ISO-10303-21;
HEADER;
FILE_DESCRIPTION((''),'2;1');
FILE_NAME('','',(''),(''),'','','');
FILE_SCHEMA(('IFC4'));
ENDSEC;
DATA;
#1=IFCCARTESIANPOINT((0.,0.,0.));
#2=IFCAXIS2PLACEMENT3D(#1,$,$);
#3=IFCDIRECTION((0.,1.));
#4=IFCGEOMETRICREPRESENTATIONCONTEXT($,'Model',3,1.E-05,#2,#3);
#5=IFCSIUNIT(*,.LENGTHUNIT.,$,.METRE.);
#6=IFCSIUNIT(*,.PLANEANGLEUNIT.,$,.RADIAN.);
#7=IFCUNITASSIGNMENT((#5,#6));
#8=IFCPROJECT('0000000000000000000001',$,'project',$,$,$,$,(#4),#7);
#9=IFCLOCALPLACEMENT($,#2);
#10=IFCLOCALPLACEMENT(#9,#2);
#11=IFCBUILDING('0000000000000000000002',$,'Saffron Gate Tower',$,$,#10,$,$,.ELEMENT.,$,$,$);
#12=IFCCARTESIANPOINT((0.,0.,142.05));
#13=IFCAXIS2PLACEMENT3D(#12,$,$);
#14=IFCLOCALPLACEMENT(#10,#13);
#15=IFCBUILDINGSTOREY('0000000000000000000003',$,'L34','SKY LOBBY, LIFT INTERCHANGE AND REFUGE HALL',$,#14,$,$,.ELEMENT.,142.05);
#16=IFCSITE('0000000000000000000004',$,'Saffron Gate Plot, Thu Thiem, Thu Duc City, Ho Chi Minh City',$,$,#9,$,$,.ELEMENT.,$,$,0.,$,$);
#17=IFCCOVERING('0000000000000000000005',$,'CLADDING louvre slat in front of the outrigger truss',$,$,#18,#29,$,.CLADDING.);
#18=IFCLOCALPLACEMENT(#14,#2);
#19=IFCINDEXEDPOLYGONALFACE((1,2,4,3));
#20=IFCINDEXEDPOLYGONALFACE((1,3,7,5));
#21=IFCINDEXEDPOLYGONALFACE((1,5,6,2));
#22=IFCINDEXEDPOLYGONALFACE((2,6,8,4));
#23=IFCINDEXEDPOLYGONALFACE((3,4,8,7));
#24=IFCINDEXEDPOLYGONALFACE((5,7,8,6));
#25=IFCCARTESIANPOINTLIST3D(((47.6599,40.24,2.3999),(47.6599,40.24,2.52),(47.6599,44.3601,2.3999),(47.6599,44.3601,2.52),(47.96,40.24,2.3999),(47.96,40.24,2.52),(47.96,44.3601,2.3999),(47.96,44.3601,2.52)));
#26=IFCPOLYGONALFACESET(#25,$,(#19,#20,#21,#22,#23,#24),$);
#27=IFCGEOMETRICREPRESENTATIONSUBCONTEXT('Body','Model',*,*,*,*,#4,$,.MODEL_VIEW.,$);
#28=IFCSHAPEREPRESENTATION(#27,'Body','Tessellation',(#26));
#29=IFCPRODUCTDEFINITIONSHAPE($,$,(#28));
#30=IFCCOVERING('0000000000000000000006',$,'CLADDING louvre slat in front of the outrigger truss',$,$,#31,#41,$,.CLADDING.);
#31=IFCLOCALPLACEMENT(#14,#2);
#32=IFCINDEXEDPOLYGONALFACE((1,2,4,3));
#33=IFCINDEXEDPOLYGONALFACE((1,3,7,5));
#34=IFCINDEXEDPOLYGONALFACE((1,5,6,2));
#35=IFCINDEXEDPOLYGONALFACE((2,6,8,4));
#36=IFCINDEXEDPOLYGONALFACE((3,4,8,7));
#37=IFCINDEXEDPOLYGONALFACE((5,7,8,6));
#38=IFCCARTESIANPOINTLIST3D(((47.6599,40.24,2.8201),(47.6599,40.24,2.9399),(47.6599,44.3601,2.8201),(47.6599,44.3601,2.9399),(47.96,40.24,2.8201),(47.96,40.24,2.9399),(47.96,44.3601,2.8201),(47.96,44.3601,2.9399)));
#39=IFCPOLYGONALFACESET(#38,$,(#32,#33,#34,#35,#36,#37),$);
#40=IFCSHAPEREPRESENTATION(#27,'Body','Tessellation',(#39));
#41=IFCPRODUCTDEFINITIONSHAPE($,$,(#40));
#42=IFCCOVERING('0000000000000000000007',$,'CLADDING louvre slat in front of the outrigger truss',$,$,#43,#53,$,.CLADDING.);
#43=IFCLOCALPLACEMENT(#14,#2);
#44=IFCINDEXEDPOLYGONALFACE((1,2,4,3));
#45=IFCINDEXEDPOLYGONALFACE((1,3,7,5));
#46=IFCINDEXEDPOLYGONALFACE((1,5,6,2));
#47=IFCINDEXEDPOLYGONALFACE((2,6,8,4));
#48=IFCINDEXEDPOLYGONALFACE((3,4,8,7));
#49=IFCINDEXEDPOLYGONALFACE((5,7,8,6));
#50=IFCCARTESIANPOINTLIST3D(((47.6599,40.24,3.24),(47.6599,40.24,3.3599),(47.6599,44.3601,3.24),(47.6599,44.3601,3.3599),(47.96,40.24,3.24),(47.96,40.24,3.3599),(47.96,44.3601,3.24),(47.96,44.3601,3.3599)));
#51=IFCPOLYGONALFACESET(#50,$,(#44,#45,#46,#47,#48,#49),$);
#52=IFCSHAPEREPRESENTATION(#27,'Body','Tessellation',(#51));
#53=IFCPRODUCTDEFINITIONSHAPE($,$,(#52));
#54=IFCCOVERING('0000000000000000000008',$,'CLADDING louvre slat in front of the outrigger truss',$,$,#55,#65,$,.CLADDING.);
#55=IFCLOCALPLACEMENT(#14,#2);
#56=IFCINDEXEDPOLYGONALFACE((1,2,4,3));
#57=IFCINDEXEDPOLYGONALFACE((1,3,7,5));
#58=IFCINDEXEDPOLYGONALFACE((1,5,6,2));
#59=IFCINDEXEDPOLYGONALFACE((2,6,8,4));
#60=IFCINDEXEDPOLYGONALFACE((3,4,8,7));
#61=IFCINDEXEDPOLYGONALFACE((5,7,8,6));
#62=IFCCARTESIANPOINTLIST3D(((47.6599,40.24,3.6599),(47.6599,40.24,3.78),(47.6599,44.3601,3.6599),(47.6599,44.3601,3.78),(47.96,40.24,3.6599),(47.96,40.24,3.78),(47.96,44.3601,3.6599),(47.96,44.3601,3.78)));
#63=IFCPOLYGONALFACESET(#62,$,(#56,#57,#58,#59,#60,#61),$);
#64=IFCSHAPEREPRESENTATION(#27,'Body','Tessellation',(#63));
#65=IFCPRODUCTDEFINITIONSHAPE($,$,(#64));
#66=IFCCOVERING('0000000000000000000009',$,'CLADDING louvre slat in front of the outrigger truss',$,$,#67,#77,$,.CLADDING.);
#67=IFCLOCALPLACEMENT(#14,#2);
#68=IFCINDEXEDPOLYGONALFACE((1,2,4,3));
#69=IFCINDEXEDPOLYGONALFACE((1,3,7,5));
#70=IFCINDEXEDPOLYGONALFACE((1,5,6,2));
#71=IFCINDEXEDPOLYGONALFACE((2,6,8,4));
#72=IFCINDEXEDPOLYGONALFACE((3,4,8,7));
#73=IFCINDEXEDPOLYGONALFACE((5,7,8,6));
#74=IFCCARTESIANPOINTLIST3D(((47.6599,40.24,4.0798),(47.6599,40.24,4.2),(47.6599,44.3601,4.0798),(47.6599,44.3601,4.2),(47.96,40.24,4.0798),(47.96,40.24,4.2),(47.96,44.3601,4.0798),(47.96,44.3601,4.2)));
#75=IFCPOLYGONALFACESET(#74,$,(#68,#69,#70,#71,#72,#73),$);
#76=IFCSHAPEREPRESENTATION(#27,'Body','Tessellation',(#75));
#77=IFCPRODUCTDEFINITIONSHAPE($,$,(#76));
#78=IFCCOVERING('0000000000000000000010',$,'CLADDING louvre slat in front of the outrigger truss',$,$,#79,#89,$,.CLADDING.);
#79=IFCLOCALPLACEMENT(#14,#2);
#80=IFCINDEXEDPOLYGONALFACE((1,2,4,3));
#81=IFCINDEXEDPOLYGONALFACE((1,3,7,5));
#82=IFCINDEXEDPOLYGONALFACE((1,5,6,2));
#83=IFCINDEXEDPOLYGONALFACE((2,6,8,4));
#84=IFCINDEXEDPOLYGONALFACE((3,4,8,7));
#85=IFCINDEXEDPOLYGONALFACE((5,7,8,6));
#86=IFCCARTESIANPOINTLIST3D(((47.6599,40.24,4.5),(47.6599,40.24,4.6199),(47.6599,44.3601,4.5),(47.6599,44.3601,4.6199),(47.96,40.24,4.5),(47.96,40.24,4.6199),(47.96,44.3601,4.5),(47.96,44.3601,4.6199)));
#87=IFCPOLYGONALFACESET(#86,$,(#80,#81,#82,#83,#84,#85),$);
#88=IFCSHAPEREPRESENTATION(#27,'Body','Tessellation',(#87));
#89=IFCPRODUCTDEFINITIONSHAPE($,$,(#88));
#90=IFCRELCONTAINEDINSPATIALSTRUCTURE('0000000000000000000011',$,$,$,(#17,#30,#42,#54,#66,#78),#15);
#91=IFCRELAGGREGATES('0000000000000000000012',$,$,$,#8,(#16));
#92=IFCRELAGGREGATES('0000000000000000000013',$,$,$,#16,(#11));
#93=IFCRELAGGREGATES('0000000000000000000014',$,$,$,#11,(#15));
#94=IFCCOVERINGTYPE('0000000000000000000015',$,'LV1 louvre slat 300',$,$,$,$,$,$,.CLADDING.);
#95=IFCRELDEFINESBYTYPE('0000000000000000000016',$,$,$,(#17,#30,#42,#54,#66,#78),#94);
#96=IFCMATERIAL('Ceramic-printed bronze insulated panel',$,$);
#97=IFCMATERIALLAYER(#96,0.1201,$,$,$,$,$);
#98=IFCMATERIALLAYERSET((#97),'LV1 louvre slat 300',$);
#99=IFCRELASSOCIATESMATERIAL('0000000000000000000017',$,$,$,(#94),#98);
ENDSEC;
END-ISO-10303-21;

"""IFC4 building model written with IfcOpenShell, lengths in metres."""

from ifc_helpers import new_model, si_unit, direction, frame, origin, place, context, subcontext, project, spatial, polyline, outline, extrude, material, layer, layer_set, type_object, element, save


model = new_model("IFC4")

# Units and contexts
model_context = context("Model", 3, precision=1e-05, world=origin(), true_north=direction((0.0, 1.0)))
body_context = subcontext(model_context, "Body", "Model", "MODEL_VIEW")
ifc_project = project(units=[si_unit("LENGTHUNIT", "METRE"), si_unit("PLANEANGLEUNIT", "RADIAN")], contexts=[model_context])

# Site, building, storey
site_placement = place(None, origin())
site = spatial("IfcSite", under=ifc_project, at=site_placement, Name="Saffron Gate Plot, Thu Thiem, Thu Duc City, Ho Chi Minh City", CompositionType="ELEMENT", RefElevation=0.0)
building_placement = place(site_placement, origin())
building = spatial("IfcBuilding", under=site, at=building_placement, Name="Saffron Gate Tower", CompositionType="ELEMENT")
storey_placement = place(building_placement, frame((0.0, 0.0, 142.05)))
storey = spatial("IfcBuildingStorey", under=building, at=storey_placement, Name="L34", Description="SKY LOBBY, LIFT INTERCHANGE AND REFUGE HALL", CompositionType="ELEMENT", Elevation=142.05)

# Coverings
ifc_material_1 = material(Name="Ceramic-printed bronze insulated panel")
ifc_layer_1 = layer(ifc_material_1, 0.1201)
ifc_layer_set_1 = layer_set([ifc_layer_1], Name="LV1 louvre slat 300")
covering_type_1 = type_object("IfcCoveringType", Name="LV1 louvre slat 300", PredefinedType="CLADDING", material=ifc_layer_set_1)
covering_1_placement = place(storey_placement, frame((0.0, 0.0, 2.3999)))
element("IfcCovering", 1, at=covering_1_placement, inside=storey, type_object=covering_type_1, Name="CLADDING louvre slat in front of the outrigger truss", PredefinedType="CLADDING", context=body_context, shape_type="SweptSolid", body=[
    extrude(outline(polyline([(47.6599, 44.3601), (47.6599, 40.24), (47.96, 40.24), (47.96, 44.3601), (47.6599, 44.3601)])), origin(), (0.0, 0.0, 1.0), 0.1201),
])
for number, where, name in (
    (2, (0.0, 0.0, 2.8201), "CLADDING louvre slat in front of the outrigger truss"),
    (3, (0.0, 0.0, 3.24), "CLADDING louvre slat in front of the outrigger truss"),
):
    element("IfcCovering", number, at=place(storey_placement, frame(where)), inside=storey, type_object=covering_type_1, Name=name, PredefinedType="CLADDING", context=body_context, shape_type="SweptSolid", body=[
        extrude(outline(polyline([(47.6599, 44.3601), (47.6599, 40.24), (47.96, 40.24), (47.96, 44.3601), (47.6599, 44.3601)])), origin(), (0.0, 0.0, 1.0), 0.1199),
    ])
for number, where, name in (
    (4, (0.0, 0.0, 3.6599), "CLADDING louvre slat in front of the outrigger truss"),
    (5, (0.0, 0.0, 4.0798), "CLADDING louvre slat in front of the outrigger truss"),
):
    element("IfcCovering", number, at=place(storey_placement, frame(where)), inside=storey, type_object=covering_type_1, Name=name, PredefinedType="CLADDING", context=body_context, shape_type="SweptSolid", body=[
        extrude(outline(polyline([(47.6599, 44.3601), (47.6599, 40.24), (47.96, 40.24), (47.96, 44.3601), (47.6599, 44.3601)])), origin(), (0.0, 0.0, 1.0), 0.1201),
    ])
covering_2_placement = place(storey_placement, frame((0.0, 0.0, 4.5)))
element("IfcCovering", 6, at=covering_2_placement, inside=storey, type_object=covering_type_1, Name="CLADDING louvre slat in front of the outrigger truss", PredefinedType="CLADDING", context=body_context, shape_type="SweptSolid", body=[
    extrude(outline(polyline([(47.6599, 44.3601), (47.6599, 40.24), (47.96, 40.24), (47.96, 44.3601), (47.6599, 44.3601)])), origin(), (0.0, 0.0, 1.0), 0.1199),
])

save(model, "model.ifc")
